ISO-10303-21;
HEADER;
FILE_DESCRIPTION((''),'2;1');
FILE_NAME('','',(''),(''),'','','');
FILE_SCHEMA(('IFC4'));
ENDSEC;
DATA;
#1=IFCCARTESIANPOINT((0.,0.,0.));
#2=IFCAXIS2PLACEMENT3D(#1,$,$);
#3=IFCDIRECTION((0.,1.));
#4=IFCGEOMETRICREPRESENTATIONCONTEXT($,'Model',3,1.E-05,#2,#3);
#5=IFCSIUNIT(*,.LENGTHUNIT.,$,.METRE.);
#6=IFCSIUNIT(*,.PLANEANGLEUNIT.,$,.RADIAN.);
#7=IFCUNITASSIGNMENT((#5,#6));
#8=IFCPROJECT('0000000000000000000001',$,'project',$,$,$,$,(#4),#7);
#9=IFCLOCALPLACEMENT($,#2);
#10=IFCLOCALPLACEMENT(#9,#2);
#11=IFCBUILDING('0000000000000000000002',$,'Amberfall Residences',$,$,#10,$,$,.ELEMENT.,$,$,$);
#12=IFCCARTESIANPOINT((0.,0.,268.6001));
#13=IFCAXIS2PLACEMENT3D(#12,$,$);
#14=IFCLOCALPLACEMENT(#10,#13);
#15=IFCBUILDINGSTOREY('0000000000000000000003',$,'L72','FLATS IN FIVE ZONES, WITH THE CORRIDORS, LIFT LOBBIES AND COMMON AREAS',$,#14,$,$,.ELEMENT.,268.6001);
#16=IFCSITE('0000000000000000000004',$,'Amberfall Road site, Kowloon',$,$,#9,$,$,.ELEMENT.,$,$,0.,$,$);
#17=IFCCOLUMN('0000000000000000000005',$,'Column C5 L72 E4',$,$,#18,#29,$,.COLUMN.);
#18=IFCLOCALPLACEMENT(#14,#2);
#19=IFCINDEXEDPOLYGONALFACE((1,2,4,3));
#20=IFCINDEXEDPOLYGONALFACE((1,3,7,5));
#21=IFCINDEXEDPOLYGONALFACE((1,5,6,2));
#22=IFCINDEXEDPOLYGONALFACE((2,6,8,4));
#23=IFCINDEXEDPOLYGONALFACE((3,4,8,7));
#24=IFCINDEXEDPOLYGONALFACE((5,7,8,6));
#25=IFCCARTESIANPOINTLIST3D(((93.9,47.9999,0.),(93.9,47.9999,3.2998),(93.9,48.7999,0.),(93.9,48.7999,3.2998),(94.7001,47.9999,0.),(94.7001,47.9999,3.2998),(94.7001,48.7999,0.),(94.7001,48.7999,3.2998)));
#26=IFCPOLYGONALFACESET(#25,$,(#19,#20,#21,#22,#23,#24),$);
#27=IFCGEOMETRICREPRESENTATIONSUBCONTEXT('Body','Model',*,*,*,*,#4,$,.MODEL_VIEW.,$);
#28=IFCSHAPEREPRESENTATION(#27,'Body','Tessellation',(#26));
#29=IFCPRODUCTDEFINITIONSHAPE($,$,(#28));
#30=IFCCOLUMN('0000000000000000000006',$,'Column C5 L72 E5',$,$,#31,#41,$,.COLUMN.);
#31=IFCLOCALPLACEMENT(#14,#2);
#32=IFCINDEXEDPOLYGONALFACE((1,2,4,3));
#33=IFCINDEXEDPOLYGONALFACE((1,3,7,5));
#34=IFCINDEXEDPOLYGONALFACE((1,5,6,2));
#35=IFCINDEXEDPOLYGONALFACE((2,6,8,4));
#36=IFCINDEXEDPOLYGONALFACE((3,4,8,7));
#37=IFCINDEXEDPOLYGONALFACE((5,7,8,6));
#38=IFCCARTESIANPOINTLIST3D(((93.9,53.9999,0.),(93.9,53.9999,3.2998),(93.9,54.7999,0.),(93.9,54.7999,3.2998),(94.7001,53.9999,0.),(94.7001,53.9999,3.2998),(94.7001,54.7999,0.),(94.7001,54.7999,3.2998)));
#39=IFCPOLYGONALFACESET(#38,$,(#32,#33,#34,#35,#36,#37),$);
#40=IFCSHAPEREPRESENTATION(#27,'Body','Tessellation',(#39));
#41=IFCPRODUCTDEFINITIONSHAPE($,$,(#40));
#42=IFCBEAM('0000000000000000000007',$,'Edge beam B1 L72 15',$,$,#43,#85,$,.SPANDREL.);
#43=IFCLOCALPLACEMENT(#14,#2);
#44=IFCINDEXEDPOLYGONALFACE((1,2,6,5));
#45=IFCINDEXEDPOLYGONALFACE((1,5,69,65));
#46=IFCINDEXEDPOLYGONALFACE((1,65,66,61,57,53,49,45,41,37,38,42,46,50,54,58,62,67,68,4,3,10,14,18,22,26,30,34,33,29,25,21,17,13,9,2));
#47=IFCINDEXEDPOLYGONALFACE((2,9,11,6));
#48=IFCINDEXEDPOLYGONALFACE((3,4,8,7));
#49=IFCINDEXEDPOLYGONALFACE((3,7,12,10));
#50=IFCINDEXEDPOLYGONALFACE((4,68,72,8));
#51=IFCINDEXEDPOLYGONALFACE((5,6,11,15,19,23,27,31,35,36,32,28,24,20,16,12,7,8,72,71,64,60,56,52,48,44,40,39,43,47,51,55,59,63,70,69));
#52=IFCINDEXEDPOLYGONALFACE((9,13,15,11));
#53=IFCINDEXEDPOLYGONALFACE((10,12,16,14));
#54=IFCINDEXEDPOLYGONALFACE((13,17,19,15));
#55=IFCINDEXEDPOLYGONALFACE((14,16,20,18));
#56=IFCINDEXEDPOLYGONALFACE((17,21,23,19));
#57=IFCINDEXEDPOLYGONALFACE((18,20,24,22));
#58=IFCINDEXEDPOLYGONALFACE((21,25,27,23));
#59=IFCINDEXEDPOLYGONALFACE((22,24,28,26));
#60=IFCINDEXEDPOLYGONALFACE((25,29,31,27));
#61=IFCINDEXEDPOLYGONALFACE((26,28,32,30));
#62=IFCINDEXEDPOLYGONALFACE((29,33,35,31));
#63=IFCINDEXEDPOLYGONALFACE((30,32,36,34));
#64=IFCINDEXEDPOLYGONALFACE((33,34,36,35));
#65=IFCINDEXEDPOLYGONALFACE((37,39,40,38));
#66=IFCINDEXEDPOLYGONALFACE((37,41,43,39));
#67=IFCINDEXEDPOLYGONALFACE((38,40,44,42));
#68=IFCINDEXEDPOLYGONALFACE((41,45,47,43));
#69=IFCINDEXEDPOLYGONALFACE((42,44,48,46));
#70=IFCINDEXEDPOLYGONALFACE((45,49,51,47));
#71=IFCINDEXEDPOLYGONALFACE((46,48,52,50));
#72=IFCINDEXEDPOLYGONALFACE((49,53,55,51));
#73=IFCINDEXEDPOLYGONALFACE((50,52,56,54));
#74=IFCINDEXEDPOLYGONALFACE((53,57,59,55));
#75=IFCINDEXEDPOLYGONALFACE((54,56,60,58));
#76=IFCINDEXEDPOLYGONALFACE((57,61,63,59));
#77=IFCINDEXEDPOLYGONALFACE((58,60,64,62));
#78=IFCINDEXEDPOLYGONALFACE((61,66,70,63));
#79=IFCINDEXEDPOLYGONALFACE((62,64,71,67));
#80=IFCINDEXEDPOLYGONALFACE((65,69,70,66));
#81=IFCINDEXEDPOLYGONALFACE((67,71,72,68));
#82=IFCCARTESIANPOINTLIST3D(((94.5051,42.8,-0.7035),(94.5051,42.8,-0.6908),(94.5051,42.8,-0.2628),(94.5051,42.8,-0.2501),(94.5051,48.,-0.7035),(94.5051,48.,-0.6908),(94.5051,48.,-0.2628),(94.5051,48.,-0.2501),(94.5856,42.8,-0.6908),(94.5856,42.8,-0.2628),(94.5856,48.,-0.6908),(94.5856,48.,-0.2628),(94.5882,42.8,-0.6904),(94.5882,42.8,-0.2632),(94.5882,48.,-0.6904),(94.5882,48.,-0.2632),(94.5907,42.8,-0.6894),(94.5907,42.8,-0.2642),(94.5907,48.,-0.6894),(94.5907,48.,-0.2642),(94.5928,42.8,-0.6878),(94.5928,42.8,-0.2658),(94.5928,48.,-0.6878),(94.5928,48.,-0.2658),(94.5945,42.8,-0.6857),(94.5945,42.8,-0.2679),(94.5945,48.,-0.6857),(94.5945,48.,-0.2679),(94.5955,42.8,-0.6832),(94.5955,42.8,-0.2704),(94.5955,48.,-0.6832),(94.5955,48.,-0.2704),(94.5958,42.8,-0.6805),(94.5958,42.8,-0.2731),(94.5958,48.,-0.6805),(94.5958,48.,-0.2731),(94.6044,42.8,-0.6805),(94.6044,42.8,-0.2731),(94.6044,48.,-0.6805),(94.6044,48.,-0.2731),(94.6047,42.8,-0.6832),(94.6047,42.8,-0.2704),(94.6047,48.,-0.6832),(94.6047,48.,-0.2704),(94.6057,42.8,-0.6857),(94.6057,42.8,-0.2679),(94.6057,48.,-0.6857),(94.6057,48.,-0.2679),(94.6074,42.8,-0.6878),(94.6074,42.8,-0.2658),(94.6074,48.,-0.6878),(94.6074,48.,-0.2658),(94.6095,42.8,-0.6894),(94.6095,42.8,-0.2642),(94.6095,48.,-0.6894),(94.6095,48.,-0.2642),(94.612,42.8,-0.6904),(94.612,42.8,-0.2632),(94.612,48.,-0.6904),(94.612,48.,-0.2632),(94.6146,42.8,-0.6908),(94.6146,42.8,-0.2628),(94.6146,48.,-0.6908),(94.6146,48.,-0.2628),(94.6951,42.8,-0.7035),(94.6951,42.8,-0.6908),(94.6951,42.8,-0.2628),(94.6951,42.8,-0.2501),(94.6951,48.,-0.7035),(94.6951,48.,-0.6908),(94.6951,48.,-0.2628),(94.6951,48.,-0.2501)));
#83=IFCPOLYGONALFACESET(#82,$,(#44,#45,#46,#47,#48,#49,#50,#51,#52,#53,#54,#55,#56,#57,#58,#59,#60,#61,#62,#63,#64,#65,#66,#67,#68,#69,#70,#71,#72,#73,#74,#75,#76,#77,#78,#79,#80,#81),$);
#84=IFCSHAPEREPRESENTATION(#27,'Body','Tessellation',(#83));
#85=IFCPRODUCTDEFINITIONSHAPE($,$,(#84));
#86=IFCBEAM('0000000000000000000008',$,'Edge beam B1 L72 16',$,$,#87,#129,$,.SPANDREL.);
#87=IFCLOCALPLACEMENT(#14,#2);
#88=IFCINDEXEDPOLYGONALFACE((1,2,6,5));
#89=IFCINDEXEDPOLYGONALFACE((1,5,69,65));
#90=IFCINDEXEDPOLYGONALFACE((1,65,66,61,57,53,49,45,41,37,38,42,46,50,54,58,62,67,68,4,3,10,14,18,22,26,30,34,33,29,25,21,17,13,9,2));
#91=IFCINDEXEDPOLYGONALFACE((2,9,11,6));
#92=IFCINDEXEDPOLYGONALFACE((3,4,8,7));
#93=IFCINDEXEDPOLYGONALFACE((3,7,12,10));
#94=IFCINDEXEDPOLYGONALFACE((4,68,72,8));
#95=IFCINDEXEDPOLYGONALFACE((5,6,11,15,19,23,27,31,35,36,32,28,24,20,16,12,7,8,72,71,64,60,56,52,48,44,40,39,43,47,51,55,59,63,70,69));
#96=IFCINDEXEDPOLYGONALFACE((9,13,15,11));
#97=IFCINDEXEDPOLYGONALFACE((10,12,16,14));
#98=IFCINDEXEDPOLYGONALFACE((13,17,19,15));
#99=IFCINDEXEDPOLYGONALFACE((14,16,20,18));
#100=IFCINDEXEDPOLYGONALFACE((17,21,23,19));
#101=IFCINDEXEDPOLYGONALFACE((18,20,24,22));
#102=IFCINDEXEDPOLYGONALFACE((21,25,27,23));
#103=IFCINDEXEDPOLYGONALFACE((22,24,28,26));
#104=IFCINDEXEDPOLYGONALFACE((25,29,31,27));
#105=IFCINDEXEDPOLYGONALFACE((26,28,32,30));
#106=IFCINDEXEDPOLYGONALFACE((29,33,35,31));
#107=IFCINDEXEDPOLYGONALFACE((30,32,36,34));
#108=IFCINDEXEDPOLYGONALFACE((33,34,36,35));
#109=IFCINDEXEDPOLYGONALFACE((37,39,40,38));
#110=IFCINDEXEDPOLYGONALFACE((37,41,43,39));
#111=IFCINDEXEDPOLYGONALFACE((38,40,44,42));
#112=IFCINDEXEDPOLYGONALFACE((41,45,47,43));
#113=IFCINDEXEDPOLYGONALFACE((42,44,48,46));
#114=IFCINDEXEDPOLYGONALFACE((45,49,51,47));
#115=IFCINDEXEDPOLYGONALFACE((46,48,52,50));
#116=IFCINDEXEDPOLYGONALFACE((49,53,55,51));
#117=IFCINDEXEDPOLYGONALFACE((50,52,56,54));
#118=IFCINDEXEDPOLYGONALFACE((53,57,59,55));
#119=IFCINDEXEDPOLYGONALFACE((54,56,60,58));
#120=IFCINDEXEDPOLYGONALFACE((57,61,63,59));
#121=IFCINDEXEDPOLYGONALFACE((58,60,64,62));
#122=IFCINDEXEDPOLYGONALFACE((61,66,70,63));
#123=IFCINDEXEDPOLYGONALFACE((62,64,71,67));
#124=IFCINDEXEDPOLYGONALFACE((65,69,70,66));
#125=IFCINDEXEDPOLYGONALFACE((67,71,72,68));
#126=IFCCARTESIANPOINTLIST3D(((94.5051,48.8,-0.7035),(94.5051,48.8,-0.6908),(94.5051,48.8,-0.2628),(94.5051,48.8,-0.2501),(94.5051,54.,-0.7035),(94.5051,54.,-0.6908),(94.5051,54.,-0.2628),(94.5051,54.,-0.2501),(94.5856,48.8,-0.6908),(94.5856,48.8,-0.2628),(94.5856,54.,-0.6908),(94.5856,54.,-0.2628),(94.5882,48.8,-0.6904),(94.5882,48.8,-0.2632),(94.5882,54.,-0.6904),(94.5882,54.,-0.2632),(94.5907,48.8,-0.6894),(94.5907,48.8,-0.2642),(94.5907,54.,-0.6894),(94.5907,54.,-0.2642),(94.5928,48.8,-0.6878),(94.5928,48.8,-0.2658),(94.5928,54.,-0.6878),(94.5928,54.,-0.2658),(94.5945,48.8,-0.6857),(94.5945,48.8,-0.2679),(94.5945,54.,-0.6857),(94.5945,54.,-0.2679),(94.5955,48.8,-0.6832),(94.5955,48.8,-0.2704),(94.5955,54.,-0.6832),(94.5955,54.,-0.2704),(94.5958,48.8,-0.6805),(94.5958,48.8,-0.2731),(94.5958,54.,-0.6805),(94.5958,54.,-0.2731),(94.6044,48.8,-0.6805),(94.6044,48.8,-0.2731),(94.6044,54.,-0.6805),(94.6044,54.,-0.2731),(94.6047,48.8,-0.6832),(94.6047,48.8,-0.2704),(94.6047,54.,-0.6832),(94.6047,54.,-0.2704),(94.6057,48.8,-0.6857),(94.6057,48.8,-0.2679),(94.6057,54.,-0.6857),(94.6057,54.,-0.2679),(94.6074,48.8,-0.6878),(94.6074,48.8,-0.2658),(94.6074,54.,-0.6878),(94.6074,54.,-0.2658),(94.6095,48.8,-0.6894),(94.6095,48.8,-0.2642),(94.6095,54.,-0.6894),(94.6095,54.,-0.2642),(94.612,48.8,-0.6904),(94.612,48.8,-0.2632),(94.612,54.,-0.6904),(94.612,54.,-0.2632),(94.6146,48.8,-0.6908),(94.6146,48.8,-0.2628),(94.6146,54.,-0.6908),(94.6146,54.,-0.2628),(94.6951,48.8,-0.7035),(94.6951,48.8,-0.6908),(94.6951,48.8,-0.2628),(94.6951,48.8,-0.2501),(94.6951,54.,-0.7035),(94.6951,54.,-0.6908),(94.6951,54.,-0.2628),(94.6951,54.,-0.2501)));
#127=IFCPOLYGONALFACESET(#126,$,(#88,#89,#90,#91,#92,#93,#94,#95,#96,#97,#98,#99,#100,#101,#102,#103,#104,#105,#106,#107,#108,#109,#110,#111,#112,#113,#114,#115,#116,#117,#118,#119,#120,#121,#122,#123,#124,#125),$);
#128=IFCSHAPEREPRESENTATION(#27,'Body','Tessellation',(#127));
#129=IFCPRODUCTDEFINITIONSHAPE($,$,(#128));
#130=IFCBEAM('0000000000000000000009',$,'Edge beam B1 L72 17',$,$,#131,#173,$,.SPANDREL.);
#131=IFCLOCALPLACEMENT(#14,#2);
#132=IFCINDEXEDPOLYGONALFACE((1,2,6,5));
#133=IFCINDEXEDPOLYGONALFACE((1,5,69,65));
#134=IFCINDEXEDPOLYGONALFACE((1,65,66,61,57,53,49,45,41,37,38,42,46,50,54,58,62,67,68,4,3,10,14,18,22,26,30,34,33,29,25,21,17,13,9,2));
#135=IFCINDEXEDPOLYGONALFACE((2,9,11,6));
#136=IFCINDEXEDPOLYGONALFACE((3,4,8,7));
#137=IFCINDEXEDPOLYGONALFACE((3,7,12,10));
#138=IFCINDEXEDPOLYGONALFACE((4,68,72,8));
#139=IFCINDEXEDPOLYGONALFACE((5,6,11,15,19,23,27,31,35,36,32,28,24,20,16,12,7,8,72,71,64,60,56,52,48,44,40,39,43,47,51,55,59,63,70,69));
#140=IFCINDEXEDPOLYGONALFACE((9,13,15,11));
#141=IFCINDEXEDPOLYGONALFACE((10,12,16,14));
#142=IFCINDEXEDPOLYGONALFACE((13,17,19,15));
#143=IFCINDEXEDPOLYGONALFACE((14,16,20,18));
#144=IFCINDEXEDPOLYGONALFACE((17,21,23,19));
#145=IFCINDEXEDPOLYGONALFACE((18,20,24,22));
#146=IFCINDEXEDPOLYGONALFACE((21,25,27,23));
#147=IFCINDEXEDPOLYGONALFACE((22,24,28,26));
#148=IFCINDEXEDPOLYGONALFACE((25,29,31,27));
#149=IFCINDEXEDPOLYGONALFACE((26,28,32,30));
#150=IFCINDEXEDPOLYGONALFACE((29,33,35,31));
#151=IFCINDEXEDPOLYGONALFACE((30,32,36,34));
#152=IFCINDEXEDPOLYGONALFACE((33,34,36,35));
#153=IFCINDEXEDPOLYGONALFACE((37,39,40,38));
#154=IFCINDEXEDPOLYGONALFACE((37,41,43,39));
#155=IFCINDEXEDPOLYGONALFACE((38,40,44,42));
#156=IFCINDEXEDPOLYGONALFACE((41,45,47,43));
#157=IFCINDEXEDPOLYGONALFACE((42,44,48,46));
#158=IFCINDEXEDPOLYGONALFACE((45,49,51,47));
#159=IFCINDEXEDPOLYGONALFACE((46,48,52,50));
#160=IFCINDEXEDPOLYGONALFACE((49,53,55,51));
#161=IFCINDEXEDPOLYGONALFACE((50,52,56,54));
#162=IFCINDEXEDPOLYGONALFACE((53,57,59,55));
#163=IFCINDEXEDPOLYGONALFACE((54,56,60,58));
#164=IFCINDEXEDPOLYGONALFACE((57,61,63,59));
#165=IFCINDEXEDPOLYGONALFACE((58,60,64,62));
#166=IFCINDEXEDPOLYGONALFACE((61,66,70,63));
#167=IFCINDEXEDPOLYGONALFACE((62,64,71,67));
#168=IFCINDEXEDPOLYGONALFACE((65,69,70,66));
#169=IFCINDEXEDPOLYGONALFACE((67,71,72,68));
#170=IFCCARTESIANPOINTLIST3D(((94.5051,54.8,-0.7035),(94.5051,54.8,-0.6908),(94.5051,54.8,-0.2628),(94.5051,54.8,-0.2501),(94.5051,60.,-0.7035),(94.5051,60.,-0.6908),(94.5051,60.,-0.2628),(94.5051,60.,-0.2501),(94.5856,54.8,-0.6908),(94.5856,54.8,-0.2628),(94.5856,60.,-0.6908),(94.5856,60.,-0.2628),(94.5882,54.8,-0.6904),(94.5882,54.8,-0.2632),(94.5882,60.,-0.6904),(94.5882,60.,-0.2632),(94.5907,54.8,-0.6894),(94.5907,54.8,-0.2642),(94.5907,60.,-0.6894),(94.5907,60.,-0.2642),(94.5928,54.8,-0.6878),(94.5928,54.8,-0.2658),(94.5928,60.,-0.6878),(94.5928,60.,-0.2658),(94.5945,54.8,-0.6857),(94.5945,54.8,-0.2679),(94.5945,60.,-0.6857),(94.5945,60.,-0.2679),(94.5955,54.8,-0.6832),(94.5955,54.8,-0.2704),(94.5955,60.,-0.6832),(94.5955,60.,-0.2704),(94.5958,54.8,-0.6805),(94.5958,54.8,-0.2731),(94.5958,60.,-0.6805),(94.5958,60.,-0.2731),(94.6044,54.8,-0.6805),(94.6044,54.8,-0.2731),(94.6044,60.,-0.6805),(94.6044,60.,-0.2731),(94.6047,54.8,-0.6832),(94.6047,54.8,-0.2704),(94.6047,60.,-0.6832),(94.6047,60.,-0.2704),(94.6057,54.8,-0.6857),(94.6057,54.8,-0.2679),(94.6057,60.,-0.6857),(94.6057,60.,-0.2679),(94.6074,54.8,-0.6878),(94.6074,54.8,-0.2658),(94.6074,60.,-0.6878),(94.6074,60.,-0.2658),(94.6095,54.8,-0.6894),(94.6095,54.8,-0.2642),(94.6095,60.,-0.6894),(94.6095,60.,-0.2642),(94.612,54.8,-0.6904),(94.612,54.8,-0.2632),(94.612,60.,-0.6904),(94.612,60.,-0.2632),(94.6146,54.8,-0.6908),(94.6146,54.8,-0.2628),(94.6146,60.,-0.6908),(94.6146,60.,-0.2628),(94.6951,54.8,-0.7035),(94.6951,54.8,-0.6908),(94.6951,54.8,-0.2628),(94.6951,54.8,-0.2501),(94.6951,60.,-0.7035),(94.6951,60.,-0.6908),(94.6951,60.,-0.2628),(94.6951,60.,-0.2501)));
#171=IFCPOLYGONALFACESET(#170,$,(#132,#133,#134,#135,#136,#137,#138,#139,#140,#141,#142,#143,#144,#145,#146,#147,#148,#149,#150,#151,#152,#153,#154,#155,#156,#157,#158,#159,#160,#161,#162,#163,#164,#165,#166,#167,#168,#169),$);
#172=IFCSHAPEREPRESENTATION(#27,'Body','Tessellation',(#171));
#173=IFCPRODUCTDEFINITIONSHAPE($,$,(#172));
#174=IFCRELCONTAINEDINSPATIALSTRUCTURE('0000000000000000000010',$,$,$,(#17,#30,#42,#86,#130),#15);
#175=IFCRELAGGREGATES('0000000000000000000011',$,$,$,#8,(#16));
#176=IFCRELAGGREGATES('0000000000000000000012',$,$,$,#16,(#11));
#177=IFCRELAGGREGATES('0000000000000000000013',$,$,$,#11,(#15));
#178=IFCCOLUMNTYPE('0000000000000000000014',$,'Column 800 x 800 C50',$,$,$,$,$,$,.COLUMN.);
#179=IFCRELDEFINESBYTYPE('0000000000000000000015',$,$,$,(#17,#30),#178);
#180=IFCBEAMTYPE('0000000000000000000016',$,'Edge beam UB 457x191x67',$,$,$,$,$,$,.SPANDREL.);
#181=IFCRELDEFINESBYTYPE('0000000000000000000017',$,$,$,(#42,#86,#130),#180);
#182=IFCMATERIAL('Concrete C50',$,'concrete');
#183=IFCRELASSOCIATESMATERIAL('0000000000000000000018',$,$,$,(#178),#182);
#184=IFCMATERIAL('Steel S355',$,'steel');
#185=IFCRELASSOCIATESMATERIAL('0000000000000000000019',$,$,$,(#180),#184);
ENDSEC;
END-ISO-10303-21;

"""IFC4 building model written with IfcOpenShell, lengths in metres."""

from ifc_helpers import new_model, si_unit, direction, frame, origin, origin_2d, place, context, subcontext, project, spatial, rectangle, i_section, extrude, material, material_profile, profile_set, type_object, element, save


model = new_model("IFC4")

# Units and contexts
model_context = context("Model", 3, precision=1e-05, world=origin(), true_north=direction((0.0, 1.0)))
body_context = subcontext(model_context, "Body", "Model", "MODEL_VIEW")
ifc_project = project(units=[si_unit("LENGTHUNIT", "METRE"), si_unit("PLANEANGLEUNIT", "RADIAN")], contexts=[model_context])

# Site, building, storey
site_placement = place(None, origin())
site = spatial("IfcSite", under=ifc_project, at=site_placement, Name="Amberfall Road site, Kowloon", CompositionType="ELEMENT", RefElevation=0.0)
building_placement = place(site_placement, origin())
building = spatial("IfcBuilding", under=site, at=building_placement, Name="Amberfall Residences", CompositionType="ELEMENT")
storey_placement = place(building_placement, frame((0.0, 0.0, 268.6001)))
storey = spatial("IfcBuildingStorey", under=building, at=storey_placement, Name="L72", Description="FLATS IN FIVE ZONES, WITH THE CORRIDORS, LIFT LOBBIES AND COMMON AREAS", CompositionType="ELEMENT", Elevation=268.6001)

# Columns
ifc_material_1 = material(Name="Concrete C50", Category="concrete")
ifc_material_profile_1 = material_profile(ifc_material_1, rectangle(XDim=0.8, YDim=0.8, at=origin_2d()), Name="Column 800 x 800 C50")
ifc_profile_set_1 = profile_set([ifc_material_profile_1], Name="Concrete C50")
column_type = type_object("IfcColumnType", Name="Column 800 x 800 C50", PredefinedType="COLUMN", material=ifc_profile_set_1)
for number, where, z_axis, x_axis, name in (
    (1, (94.3, 48.3999, 0.0), (0.0, 0.0, 1.0), (1.0, 0.0, 0.0), "Column C5 L72 E4"),
    (2, (94.3, 54.3999, 0.0), (0.0, 0.0, 1.0), (1.0, 0.0, 0.0), "Column C5 L72 E5"),
):
    element("IfcColumn", number, at=place(storey_placement, frame(where, z_axis=z_axis, x_axis=x_axis)), inside=storey, type_object=column_type, Name=name, PredefinedType="COLUMN", context=body_context, shape_type="SweptSolid", body=[
        extrude(rectangle(XDim=0.8, YDim=0.8, at=origin_2d()), origin(), (0.0, 0.0, 1.0), 3.2998),
    ])

# Beams
ifc_material_2 = material(Name="Steel S355", Category="steel")
ifc_material_profile_2 = material_profile(ifc_material_2, i_section(OverallWidth=0.1899, OverallDepth=0.4534, WebThickness=0.0085, FlangeThickness=0.0127, FilletRadius=0.0103, at=origin_2d()), Name="UB 457x191x67")
ifc_profile_set_2 = profile_set([ifc_material_profile_2], Name="Steel S355")
beam_type_1 = type_object("IfcBeamType", Name="Edge beam UB 457x191x67", PredefinedType="SPANDREL", material=ifc_profile_set_2)
for number, where, z_axis, x_axis, name in (
    (3, (94.6001, 42.8, -0.4768), (0.0, 1.0, 0.0), (-1.0, 0.0, 0.0), "Edge beam B1 L72 15"),
    (4, (94.6001, 48.8, -0.4768), (0.0, 1.0, 0.0), (-1.0, 0.0, 0.0), "Edge beam B1 L72 16"),
    (5, (94.6001, 54.8, -0.4768), (0.0, 1.0, 0.0), (-1.0, 0.0, 0.0), "Edge beam B1 L72 17"),
):
    element("IfcBeam", number, at=place(storey_placement, frame(where, z_axis=z_axis, x_axis=x_axis)), inside=storey, type_object=beam_type_1, Name=name, PredefinedType="SPANDREL", context=body_context, shape_type="SweptSolid", body=[
        extrude(i_section(OverallWidth=0.1899, OverallDepth=0.4534, WebThickness=0.0085, FlangeThickness=0.0127, FilletRadius=0.0103, at=origin_2d()), origin(), (0.0, 0.0, 1.0), 5.2),
    ])

save(model, "model.ifc")
